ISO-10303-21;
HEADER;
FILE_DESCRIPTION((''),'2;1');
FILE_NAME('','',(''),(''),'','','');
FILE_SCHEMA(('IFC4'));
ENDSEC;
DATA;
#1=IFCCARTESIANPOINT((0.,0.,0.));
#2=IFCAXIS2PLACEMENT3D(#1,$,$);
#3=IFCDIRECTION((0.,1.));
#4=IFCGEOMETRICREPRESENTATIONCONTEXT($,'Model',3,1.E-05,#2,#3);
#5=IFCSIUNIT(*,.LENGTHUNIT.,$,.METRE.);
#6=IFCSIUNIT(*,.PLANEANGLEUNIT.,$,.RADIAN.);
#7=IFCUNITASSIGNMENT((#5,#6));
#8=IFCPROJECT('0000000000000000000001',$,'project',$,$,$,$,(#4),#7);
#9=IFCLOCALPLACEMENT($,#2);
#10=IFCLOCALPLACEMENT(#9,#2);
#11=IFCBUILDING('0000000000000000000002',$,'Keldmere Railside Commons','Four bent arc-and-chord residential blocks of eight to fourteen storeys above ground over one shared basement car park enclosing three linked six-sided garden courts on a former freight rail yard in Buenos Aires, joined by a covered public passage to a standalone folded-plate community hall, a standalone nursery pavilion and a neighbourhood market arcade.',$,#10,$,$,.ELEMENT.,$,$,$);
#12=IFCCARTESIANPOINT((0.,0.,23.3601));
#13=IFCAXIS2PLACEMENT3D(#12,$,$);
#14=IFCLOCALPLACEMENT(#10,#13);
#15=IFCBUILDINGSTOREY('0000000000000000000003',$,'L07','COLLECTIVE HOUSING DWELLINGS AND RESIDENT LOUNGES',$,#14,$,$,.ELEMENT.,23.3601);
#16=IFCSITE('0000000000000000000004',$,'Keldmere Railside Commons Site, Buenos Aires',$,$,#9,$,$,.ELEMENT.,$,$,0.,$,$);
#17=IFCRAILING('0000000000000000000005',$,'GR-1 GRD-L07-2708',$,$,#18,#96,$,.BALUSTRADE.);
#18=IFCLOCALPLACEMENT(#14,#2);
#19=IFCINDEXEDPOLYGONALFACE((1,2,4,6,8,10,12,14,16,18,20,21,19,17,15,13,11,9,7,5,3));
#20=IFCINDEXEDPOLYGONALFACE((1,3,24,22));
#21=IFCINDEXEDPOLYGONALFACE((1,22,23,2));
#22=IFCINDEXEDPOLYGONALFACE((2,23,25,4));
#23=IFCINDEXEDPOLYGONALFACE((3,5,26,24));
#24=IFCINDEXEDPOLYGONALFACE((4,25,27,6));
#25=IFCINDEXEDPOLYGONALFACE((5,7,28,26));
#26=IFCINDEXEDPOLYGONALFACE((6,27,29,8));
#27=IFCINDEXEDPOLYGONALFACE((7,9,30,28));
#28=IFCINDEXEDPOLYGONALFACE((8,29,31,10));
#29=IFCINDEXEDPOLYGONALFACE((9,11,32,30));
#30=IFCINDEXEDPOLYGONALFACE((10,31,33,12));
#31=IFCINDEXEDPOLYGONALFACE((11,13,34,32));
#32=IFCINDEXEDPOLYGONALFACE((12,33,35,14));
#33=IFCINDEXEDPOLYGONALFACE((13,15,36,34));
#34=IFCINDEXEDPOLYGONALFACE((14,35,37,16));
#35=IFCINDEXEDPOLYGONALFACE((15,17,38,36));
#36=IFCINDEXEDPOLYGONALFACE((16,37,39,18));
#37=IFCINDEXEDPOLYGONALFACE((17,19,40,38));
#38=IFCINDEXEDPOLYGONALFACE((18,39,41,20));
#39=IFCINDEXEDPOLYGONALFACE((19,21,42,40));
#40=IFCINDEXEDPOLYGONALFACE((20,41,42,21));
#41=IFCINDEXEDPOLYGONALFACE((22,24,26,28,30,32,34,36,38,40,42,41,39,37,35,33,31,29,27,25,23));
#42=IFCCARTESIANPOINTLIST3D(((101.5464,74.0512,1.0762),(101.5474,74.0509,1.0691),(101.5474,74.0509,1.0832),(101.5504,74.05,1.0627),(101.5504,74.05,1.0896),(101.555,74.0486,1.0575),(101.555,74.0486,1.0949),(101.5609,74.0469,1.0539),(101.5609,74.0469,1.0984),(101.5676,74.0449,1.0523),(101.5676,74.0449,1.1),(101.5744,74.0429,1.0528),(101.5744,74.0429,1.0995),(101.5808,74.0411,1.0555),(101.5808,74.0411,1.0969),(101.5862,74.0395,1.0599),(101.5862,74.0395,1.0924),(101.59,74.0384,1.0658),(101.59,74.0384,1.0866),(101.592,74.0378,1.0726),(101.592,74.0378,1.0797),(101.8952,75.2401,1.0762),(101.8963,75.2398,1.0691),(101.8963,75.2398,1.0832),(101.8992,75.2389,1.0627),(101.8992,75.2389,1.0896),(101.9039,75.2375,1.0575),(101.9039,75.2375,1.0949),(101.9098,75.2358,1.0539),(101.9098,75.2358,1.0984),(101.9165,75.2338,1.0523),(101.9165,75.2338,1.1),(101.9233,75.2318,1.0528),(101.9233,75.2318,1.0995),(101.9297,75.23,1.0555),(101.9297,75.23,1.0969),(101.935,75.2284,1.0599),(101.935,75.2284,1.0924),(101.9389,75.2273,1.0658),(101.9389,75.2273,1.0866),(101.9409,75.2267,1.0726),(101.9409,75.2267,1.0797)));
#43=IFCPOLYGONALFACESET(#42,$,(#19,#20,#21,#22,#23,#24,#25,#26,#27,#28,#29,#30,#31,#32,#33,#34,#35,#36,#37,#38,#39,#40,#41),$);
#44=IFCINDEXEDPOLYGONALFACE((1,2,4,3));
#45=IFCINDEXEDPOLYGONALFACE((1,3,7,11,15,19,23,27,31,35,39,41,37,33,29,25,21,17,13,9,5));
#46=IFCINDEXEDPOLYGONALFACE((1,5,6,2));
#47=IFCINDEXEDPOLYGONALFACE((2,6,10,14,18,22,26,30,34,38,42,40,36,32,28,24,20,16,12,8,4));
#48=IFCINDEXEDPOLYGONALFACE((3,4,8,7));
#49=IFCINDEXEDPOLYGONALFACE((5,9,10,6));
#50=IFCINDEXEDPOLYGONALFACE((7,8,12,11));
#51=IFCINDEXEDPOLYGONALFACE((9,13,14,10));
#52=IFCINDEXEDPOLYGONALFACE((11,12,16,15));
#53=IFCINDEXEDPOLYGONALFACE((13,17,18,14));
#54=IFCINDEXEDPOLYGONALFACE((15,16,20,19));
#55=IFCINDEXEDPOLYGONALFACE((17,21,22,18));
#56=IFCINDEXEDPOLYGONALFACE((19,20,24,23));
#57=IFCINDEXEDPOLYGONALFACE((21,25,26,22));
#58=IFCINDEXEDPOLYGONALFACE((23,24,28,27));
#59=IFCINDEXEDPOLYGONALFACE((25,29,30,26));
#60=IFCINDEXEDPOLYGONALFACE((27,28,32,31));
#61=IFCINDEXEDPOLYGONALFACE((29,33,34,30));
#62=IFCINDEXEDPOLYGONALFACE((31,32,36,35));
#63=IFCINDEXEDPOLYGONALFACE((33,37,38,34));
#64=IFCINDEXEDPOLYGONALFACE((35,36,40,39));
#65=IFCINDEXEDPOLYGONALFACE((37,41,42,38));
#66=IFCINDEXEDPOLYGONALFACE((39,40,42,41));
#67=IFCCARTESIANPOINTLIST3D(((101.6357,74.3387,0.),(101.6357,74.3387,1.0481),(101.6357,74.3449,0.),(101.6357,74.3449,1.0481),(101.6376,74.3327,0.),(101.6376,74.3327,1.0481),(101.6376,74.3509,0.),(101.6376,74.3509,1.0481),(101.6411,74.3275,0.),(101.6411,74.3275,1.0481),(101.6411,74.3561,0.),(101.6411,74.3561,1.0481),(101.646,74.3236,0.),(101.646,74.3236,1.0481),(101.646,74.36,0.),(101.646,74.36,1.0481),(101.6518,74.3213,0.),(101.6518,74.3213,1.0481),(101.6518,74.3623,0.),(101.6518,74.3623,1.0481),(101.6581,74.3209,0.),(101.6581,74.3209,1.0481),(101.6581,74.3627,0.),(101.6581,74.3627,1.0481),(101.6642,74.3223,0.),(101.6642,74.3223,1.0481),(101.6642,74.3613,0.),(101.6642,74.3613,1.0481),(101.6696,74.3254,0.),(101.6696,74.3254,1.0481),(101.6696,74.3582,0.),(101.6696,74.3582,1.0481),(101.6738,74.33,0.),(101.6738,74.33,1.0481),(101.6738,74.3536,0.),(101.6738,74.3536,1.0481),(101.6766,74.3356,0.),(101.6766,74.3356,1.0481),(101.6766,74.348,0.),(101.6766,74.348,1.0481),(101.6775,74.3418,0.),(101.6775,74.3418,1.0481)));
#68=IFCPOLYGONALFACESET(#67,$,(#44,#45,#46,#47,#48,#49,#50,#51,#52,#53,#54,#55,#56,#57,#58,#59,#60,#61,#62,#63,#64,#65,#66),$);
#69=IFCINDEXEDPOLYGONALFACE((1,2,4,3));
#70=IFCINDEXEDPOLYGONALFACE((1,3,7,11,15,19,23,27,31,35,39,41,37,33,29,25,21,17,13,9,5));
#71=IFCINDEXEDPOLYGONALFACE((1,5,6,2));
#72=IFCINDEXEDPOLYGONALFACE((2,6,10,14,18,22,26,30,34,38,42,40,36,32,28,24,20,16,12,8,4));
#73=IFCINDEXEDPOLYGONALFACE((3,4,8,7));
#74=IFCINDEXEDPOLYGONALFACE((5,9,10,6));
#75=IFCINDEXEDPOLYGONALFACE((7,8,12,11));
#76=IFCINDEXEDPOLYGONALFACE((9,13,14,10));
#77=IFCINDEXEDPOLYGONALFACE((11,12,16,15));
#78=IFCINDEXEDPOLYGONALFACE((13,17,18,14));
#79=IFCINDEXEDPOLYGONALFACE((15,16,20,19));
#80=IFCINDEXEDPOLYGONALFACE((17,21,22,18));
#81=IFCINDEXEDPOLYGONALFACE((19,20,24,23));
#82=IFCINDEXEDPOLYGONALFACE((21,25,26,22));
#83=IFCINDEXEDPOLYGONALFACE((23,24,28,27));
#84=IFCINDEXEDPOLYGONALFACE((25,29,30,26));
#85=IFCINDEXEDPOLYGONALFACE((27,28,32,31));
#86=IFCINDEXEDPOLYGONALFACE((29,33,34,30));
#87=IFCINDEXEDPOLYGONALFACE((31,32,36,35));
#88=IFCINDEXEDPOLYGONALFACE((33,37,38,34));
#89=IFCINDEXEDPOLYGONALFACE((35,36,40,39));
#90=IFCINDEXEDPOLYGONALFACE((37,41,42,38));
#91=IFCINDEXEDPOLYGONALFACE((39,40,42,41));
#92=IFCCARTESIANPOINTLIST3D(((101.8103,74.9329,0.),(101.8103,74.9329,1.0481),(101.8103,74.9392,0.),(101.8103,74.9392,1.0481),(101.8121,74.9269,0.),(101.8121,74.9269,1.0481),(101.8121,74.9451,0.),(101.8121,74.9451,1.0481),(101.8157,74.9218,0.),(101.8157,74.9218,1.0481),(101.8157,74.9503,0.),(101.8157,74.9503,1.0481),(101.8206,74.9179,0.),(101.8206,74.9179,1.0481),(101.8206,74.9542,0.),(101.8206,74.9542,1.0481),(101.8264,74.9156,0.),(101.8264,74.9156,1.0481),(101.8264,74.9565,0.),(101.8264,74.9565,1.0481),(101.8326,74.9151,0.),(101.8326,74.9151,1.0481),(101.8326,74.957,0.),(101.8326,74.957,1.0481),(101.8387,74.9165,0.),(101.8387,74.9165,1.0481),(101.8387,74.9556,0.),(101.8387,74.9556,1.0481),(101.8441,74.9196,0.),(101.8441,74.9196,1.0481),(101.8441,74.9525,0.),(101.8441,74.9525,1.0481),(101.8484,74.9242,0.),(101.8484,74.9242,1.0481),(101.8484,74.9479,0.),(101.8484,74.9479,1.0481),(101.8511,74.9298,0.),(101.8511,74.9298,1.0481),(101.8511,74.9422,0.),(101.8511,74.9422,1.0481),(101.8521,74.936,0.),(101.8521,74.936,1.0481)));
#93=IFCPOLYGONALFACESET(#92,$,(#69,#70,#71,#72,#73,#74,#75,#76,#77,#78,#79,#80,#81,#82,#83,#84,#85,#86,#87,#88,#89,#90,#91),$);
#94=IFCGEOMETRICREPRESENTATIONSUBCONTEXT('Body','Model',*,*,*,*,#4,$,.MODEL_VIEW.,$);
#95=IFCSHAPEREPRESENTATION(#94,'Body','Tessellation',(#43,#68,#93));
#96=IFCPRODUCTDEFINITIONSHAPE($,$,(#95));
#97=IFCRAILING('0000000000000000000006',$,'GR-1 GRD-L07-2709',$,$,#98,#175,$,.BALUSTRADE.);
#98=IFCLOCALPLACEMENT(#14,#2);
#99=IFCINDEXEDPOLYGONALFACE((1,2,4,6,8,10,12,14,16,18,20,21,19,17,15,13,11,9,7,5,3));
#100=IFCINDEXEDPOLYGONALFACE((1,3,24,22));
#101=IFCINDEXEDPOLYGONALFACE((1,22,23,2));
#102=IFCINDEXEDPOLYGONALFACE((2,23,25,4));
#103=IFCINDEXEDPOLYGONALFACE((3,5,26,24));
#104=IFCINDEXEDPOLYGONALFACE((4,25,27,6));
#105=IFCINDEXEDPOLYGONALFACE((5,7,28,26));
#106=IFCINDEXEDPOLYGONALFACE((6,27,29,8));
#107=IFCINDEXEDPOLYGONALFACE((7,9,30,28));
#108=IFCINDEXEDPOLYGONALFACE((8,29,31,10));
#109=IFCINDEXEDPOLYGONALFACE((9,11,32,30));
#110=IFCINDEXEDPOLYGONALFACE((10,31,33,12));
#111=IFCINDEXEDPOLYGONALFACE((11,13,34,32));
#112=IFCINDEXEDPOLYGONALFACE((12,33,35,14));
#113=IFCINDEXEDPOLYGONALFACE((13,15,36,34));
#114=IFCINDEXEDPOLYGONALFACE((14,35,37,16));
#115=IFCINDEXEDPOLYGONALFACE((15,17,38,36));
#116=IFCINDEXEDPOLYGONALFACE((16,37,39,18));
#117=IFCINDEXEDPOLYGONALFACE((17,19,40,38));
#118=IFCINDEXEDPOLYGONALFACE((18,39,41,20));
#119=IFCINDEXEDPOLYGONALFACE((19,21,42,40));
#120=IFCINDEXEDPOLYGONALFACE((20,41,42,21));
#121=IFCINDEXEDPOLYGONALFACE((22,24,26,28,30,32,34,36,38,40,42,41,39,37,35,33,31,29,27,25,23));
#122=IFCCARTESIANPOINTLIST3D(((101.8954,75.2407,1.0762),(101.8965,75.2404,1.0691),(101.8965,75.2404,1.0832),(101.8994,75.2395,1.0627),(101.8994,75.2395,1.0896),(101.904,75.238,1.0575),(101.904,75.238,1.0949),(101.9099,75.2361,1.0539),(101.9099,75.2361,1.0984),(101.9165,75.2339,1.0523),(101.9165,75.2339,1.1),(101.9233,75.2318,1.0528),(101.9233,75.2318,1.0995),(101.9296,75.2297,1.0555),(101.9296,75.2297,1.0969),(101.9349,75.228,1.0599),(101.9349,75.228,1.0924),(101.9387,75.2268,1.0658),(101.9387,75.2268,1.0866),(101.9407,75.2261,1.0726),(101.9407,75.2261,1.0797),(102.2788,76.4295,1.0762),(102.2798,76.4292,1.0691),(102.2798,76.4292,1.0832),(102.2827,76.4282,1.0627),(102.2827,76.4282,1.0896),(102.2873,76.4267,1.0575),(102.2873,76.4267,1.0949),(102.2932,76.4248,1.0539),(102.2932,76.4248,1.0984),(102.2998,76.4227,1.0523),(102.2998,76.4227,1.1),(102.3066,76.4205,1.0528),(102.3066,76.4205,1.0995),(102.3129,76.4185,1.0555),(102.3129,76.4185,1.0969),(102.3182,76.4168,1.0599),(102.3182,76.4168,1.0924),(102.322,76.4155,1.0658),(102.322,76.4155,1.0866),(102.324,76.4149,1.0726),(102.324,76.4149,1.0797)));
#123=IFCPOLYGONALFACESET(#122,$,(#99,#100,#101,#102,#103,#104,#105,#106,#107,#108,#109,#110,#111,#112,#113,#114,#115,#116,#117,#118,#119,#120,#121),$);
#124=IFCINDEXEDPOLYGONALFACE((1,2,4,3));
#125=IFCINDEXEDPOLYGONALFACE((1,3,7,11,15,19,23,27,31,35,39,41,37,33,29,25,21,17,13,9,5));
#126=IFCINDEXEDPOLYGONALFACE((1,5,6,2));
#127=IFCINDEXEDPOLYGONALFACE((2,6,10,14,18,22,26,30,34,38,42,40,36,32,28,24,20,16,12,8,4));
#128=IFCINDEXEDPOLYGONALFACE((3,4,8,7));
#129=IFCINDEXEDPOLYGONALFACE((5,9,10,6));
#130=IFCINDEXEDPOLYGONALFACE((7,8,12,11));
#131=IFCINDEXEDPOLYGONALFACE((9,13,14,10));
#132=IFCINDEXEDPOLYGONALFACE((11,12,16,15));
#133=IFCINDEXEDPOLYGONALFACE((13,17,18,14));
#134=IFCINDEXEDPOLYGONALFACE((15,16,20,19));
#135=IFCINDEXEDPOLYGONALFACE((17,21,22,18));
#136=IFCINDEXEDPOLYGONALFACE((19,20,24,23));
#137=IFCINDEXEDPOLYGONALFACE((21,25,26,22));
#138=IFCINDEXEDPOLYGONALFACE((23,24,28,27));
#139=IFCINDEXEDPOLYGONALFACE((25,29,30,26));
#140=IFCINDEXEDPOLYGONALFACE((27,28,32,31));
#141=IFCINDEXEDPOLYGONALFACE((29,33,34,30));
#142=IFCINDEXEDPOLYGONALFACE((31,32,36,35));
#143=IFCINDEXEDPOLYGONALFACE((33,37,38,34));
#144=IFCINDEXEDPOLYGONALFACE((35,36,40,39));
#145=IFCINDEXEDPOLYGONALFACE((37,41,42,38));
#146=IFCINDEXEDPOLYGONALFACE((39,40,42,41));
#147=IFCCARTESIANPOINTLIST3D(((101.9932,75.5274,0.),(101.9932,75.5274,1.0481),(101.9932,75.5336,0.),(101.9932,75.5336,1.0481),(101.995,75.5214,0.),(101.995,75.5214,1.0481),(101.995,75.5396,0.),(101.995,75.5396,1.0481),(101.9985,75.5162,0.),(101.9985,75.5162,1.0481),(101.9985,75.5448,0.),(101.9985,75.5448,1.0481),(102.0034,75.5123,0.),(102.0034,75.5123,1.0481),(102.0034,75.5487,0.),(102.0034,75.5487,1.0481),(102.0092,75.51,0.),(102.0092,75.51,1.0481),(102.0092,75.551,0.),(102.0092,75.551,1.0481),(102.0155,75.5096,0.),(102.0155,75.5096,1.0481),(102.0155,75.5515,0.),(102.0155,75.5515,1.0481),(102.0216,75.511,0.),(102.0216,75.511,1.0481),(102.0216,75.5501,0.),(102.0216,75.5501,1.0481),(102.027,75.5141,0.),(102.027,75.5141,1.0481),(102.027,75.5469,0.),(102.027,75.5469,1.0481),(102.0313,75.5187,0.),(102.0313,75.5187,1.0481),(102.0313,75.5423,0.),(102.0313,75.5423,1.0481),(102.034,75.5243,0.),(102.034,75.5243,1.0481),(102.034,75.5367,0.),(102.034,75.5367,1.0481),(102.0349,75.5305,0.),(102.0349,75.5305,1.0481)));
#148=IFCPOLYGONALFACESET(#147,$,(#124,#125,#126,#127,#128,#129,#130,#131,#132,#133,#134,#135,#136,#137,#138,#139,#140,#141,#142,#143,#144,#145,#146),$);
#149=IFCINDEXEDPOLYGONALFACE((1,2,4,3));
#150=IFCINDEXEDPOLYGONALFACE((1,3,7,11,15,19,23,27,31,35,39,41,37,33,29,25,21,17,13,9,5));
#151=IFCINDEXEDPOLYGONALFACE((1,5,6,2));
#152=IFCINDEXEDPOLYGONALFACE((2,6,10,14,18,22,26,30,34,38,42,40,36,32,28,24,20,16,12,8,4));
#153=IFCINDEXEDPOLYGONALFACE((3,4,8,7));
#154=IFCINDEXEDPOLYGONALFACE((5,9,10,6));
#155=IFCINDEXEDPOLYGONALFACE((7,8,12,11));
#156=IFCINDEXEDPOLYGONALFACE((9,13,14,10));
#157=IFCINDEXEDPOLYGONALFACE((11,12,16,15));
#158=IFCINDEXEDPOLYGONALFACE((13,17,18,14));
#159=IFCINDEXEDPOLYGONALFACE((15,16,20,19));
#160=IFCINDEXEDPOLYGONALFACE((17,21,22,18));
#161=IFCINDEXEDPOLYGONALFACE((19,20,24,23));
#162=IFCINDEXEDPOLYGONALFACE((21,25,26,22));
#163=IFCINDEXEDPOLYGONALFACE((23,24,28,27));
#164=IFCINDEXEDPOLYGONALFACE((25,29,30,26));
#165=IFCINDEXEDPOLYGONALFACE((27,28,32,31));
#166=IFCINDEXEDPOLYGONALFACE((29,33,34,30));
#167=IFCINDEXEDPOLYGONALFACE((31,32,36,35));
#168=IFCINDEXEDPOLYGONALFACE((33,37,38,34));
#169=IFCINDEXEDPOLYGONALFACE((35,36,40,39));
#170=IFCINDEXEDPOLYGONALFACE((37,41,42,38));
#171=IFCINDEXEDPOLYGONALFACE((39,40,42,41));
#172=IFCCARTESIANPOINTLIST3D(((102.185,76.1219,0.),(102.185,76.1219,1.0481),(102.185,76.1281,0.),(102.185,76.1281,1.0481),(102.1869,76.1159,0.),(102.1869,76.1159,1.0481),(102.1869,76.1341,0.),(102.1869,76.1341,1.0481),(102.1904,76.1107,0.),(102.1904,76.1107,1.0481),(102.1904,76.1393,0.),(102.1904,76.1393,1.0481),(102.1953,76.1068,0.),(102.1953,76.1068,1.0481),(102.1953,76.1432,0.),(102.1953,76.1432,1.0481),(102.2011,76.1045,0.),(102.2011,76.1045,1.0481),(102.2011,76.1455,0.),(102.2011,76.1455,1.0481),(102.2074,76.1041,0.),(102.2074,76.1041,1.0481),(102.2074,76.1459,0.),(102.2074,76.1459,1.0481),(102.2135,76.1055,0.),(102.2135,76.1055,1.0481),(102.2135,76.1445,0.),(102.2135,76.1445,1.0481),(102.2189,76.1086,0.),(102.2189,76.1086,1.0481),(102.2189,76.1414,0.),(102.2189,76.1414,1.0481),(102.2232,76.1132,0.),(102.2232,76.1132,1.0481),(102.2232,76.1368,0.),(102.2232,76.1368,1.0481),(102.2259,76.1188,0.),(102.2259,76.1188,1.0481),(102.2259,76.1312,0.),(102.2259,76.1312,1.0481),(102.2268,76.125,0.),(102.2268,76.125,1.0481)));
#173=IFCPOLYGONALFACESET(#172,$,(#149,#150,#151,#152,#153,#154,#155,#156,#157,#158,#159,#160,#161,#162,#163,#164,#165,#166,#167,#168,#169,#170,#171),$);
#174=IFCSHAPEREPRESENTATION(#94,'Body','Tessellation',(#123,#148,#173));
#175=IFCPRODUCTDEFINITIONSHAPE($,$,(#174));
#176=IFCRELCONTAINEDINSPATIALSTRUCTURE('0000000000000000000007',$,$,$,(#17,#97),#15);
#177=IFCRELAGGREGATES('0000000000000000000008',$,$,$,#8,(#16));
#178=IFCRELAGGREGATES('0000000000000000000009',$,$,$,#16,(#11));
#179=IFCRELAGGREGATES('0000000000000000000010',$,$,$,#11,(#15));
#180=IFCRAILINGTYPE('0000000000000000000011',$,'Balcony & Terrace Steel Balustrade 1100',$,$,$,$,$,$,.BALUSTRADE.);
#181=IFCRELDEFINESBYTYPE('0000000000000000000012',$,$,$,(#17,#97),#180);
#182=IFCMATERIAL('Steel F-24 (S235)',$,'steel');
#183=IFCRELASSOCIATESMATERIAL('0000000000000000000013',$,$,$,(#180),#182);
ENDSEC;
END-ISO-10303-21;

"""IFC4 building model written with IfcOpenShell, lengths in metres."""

from ifc_helpers import new_model, si_unit, direction, frame, origin, origin_2d, place, context, subcontext, project, spatial, circle, extrude, material, type_object, element, save


model = new_model("IFC4")

# Units and contexts
model_context = context("Model", 3, precision=1e-05, world=origin(), true_north=direction((0.0, 1.0)))
body_context = subcontext(model_context, "Body", "Model", "MODEL_VIEW")
ifc_project = project(units=[si_unit("LENGTHUNIT", "METRE"), si_unit("PLANEANGLEUNIT", "RADIAN")], contexts=[model_context])

# Site, building, storey
site_placement = place(None, origin())
site = spatial("IfcSite", under=ifc_project, at=site_placement, Name="Keldmere Railside Commons Site, Buenos Aires", CompositionType="ELEMENT", RefElevation=0.0)
building_placement = place(site_placement, origin())
building = spatial("IfcBuilding", under=site, at=building_placement, Name="Keldmere Railside Commons", Description="Four bent arc-and-chord residential blocks of eight to fourteen storeys above ground over one shared basement car park enclosing three linked six-sided garden courts on a former freight rail yard in Buenos Aires, joined by a covered public passage to a standalone folded-plate community hall, a standalone nursery pavilion and a neighbourhood market arcade.", CompositionType="ELEMENT")
storey_placement = place(building_placement, frame((0.0, 0.0, 23.3601)))
storey = spatial("IfcBuildingStorey", under=building, at=storey_placement, Name="L07", Description="COLLECTIVE HOUSING DWELLINGS AND RESIDENT LOUNGES", CompositionType="ELEMENT", Elevation=23.3601)

# Shared definitions
ifc_material_1 = material(Name="Steel F-24 (S235)", Category="steel")

# Railings
railing_type_1 = type_object("IfcRailingType", Name="Balcony & Terrace Steel Balustrade 1100", PredefinedType="BALUSTRADE", material=ifc_material_1)
railing_1_placement = place(storey_placement, frame((101.5693, 74.0444, 0.0)))
element("IfcRailing", 1, at=railing_1_placement, inside=storey, type_object=railing_type_1, Name="GR-1 GRD-L07-2708", PredefinedType="BALUSTRADE", context=body_context, shape_type="SweptSolid", body=[
    extrude(circle(Radius=0.0239, at=origin_2d()), frame((0.0, 0.0, 1.0762), z_axis=(0.281558, 0.959544, 0.0), x_axis=(-0.959544, 0.281558, 0.0)), (0.0, 0.0, 1.0), 1.239),
    extrude(circle(Radius=0.021, at=origin_2d()), frame((0.0872, 0.2974, 0.0)), (0.0, 0.0, 1.0), 1.0481),
    extrude(circle(Radius=0.021, at=origin_2d()), frame((0.2617, 0.8916, 0.0)), (0.0, 0.0, 1.0), 1.0481),
])
railing_2_placement = place(storey_placement, frame((101.9182, 75.2334, 0.0)))
element("IfcRailing", 2, at=railing_2_placement, inside=storey, type_object=railing_type_1, Name="GR-1 GRD-L07-2709", PredefinedType="BALUSTRADE", context=body_context, shape_type="SweptSolid", body=[
    extrude(circle(Radius=0.0239, at=origin_2d()), frame((0.0, 0.0, 1.0762), z_axis=(0.306889, 0.951745, 0.0), x_axis=(-0.951745, 0.306889, 0.0)), (0.0, 0.0, 1.0), 1.249),
    extrude(circle(Radius=0.021, at=origin_2d()), frame((0.0957, 0.2971, 0.0)), (0.0, 0.0, 1.0), 1.0481),
    extrude(circle(Radius=0.021, at=origin_2d()), frame((0.2876, 0.8916, 0.0)), (0.0, 0.0, 1.0), 1.0481),
])

save(model, "model.ifc")
